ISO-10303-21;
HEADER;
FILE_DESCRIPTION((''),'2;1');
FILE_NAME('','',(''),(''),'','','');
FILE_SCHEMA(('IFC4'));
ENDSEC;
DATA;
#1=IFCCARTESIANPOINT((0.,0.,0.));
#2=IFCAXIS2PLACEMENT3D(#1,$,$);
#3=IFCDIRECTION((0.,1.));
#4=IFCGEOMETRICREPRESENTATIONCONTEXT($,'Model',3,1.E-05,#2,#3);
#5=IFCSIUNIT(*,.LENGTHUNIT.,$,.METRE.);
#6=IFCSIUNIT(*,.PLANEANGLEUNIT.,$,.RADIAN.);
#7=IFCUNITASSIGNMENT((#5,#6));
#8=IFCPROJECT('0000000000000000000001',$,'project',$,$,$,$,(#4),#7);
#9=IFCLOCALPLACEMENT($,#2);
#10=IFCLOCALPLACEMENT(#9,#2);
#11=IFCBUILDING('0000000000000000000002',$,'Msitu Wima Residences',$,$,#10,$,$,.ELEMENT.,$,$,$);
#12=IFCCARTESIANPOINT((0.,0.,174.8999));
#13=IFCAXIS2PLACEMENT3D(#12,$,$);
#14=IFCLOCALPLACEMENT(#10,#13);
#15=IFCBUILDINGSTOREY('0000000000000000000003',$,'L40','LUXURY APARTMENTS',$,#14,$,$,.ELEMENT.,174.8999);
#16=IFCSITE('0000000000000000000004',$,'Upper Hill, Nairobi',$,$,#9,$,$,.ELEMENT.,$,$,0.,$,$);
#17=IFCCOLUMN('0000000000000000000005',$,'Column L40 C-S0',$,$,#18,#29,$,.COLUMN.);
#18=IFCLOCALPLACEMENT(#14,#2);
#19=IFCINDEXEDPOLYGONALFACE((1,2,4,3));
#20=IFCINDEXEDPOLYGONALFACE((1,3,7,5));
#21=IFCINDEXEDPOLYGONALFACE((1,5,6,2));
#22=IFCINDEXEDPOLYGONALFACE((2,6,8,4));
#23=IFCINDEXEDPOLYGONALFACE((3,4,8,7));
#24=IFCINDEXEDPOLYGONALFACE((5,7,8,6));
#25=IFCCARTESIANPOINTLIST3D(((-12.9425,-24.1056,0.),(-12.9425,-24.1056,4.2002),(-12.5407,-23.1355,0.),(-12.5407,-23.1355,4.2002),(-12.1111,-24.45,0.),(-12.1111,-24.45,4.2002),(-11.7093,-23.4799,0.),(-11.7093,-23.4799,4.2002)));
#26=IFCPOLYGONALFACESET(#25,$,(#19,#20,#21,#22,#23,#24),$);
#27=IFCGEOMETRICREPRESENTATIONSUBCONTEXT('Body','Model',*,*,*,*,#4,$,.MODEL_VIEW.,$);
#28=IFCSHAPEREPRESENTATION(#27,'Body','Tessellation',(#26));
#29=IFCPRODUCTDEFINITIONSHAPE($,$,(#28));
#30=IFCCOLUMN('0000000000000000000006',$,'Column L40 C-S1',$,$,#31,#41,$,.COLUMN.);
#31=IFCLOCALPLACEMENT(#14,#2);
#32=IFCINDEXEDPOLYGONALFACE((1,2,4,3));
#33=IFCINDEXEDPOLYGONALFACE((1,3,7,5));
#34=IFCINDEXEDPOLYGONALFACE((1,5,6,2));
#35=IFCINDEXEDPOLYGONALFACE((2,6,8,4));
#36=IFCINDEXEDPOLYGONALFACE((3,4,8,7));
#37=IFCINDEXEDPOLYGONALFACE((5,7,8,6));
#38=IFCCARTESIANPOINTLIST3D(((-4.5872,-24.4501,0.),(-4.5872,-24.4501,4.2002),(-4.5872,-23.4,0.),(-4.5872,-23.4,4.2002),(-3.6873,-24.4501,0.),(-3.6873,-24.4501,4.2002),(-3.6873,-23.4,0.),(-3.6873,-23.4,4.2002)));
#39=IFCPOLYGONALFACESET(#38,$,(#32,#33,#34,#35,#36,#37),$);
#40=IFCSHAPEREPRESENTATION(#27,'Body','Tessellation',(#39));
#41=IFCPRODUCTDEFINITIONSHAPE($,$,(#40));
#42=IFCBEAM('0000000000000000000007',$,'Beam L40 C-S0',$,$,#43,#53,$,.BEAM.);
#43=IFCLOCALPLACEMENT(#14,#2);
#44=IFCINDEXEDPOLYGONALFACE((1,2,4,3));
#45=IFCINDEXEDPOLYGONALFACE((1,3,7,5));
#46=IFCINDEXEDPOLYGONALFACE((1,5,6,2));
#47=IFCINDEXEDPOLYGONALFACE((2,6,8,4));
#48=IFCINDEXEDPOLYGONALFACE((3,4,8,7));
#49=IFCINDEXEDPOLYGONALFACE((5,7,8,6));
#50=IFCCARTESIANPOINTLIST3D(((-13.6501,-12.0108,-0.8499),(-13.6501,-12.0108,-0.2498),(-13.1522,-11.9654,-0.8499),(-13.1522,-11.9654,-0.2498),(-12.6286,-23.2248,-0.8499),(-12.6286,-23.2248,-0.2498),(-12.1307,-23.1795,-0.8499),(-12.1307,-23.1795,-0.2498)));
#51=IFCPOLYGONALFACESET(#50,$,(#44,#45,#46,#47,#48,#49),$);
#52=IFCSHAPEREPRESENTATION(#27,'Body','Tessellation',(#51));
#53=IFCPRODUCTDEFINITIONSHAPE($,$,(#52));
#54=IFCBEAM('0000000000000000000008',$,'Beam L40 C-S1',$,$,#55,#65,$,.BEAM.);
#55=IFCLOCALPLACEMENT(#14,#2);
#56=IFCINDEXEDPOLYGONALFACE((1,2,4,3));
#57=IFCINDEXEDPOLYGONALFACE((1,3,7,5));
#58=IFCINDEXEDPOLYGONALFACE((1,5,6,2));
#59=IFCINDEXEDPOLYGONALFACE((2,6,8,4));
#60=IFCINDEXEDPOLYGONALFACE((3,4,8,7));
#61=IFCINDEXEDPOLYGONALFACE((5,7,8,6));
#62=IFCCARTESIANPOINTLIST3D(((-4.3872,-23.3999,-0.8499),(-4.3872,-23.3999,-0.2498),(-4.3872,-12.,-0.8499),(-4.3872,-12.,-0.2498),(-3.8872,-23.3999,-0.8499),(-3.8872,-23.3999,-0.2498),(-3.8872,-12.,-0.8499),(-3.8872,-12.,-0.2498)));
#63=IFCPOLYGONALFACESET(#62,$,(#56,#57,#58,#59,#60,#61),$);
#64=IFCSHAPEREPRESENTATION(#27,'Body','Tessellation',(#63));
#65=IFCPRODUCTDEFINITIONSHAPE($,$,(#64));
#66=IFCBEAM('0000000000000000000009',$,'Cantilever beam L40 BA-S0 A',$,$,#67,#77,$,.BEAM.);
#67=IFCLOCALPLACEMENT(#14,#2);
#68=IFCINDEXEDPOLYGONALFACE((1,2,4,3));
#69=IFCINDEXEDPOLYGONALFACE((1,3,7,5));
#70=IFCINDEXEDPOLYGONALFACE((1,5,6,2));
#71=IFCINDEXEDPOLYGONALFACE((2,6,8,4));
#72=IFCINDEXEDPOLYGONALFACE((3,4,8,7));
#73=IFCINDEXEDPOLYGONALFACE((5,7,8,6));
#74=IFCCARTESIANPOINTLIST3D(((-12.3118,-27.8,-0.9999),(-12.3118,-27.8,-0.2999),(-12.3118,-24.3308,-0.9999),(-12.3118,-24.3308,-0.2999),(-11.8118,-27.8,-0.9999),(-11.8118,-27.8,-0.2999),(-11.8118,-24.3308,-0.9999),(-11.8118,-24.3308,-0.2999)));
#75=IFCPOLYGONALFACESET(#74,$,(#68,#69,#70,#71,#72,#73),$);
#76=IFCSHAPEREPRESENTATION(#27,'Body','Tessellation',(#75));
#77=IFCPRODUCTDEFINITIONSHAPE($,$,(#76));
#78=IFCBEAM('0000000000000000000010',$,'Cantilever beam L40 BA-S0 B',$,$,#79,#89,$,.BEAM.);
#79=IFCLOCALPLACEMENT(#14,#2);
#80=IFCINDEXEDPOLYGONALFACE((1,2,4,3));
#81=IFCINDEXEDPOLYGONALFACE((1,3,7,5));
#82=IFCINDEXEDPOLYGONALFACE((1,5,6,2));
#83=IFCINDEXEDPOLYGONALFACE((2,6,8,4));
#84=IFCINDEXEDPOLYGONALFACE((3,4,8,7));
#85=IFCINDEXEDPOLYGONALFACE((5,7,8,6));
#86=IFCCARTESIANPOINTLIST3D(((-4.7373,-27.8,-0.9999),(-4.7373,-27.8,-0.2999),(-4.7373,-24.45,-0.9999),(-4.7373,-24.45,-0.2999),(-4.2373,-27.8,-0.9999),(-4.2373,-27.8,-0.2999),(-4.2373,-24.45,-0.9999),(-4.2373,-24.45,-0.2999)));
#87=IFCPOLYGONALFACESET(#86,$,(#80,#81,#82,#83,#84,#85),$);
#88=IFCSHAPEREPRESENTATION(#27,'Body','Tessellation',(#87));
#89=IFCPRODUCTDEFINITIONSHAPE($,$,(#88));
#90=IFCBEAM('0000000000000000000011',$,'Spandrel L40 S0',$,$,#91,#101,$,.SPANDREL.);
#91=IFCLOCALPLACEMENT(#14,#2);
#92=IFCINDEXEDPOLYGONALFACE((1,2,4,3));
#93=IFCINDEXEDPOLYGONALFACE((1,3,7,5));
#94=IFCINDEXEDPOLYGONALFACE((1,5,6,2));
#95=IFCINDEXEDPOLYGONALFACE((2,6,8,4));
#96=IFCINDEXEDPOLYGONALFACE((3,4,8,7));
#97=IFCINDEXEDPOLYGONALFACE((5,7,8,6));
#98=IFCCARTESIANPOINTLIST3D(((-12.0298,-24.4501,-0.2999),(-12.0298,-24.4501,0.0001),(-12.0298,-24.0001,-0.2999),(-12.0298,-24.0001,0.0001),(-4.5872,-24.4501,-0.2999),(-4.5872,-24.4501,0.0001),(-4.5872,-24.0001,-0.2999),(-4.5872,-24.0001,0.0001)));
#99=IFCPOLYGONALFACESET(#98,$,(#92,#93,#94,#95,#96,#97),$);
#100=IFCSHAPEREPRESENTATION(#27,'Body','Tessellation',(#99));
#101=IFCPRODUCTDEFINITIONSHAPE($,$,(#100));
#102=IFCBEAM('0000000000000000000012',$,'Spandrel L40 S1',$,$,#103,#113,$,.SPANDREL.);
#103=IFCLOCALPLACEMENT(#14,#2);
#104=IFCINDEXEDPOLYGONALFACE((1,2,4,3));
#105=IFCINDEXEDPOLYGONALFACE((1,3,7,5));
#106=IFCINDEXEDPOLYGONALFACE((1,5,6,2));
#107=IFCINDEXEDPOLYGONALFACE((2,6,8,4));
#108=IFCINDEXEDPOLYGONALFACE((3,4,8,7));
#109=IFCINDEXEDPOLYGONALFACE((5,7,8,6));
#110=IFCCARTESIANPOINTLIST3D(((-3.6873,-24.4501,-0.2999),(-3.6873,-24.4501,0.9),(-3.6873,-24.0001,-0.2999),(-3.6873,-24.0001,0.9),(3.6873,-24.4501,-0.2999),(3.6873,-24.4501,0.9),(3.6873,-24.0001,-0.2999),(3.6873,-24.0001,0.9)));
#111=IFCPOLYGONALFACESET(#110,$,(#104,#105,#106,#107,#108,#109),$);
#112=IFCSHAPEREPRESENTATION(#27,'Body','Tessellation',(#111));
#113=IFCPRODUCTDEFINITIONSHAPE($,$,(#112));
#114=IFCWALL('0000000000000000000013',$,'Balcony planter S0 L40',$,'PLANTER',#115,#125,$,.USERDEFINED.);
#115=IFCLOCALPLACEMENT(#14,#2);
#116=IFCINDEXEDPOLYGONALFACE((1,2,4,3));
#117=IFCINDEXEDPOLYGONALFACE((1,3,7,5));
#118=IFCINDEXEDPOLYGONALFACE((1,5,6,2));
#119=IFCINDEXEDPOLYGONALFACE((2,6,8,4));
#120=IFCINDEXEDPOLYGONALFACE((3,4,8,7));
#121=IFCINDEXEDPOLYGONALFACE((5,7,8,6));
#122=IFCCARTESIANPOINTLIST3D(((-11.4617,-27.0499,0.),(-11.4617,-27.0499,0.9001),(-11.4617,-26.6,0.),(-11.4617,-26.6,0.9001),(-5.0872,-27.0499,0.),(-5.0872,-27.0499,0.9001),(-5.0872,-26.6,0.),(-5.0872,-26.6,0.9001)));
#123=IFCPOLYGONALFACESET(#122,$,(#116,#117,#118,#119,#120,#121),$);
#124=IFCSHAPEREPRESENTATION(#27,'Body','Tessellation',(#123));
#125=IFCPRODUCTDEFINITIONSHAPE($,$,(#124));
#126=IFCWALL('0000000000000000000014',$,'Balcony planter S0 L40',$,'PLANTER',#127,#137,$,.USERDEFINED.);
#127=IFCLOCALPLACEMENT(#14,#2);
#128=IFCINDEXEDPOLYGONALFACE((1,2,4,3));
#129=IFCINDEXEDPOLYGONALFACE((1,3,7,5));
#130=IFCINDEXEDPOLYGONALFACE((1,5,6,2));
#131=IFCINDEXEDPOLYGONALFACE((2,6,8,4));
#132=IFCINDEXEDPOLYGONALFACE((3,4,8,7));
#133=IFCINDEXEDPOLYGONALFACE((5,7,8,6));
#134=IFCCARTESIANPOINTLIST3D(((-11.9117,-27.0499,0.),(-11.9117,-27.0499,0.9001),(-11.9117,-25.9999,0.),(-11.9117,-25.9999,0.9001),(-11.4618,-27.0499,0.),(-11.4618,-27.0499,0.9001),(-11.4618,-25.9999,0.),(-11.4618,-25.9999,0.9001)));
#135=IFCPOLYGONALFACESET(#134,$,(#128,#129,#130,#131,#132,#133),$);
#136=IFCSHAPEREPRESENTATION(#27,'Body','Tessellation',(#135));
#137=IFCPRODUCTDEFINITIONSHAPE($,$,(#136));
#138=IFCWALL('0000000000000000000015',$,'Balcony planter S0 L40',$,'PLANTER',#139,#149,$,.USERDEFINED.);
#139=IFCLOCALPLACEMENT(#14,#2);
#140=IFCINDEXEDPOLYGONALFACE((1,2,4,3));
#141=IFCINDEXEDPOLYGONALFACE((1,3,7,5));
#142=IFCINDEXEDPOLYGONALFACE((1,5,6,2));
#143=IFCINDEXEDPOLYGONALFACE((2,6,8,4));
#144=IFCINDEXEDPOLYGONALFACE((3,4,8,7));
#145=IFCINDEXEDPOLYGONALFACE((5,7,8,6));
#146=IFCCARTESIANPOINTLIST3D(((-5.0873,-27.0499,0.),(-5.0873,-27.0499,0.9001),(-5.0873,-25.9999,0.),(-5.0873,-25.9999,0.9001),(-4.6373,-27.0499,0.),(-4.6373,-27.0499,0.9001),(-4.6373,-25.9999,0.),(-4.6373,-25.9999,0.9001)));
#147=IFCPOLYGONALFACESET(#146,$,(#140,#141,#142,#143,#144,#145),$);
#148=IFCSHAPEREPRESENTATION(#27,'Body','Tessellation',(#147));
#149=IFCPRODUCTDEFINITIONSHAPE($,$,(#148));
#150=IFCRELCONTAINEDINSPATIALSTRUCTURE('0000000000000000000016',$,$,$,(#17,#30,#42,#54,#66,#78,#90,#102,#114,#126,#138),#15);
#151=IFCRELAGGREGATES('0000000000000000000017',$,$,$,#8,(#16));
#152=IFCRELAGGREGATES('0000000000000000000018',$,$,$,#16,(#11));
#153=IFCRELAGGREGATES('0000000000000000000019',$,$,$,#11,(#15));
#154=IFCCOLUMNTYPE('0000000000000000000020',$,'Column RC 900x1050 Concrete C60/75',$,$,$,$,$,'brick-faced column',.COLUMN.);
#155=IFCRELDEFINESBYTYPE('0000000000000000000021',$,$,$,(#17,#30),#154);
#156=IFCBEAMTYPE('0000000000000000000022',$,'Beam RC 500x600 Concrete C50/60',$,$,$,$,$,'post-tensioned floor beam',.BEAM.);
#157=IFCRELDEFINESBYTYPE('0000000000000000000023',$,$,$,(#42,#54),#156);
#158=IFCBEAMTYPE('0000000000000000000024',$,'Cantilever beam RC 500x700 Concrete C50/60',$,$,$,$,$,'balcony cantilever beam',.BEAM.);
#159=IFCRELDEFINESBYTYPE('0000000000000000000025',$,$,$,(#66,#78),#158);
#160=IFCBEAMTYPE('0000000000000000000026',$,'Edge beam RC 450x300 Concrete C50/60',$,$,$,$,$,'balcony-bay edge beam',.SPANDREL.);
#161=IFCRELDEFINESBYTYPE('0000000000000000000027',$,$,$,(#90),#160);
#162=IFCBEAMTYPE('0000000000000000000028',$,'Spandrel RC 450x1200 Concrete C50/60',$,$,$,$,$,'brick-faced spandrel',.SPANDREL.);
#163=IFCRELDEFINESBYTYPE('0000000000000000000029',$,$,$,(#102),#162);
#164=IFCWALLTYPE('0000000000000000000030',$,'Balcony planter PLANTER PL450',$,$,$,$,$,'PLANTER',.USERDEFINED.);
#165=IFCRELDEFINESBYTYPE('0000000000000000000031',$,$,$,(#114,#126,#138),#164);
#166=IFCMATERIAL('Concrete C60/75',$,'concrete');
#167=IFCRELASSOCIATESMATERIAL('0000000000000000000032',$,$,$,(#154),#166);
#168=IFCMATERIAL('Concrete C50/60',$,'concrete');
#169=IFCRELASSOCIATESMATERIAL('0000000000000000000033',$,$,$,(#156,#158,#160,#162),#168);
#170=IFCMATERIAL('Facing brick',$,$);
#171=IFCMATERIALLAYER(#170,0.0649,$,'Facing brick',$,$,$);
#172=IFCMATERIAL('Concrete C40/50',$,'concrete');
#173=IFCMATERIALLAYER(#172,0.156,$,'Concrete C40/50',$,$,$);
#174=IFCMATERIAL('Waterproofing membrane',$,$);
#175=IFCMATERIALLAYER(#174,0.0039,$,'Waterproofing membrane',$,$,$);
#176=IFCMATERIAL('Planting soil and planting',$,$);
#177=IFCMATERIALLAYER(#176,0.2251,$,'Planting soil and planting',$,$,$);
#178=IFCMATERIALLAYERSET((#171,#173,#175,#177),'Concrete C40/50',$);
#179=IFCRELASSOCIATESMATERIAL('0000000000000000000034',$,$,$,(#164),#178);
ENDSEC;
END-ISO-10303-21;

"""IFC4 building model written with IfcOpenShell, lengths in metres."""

from ifc_helpers import new_model, si_unit, direction, frame, frame_2d, origin, origin_2d, place, context, subcontext, project, spatial, rectangle, extrude, material, layer, layer_set, material_profile, profile_set, type_object, element, save


model = new_model("IFC4")

# Units and contexts
model_context = context("Model", 3, precision=1e-05, world=origin(), true_north=direction((0.0, 1.0)))
body_context = subcontext(model_context, "Body", "Model", "MODEL_VIEW")
ifc_project = project(units=[si_unit("LENGTHUNIT", "METRE"), si_unit("PLANEANGLEUNIT", "RADIAN")], contexts=[model_context])

# Site, building, storey
site_placement = place(None, origin())
site = spatial("IfcSite", under=ifc_project, at=site_placement, Name="Upper Hill, Nairobi", CompositionType="ELEMENT", RefElevation=0.0)
building_placement = place(site_placement, origin())
building = spatial("IfcBuilding", under=site, at=building_placement, Name="Msitu Wima Residences", CompositionType="ELEMENT")
storey_placement = place(building_placement, frame((0.0, 0.0, 174.8999)))
storey = spatial("IfcBuildingStorey", under=building, at=storey_placement, Name="L40", Description="LUXURY APARTMENTS", CompositionType="ELEMENT", Elevation=174.8999)

# Columns
ifc_material_1 = material(Name="Concrete C60/75", Category="concrete")
ifc_material_profile_1 = material_profile(ifc_material_1, rectangle(XDim=0.8999, YDim=1.05, at=origin_2d()), Name="RC 900x1050")
ifc_profile_set_1 = profile_set([ifc_material_profile_1], Name="Concrete C60/75")
column_type = type_object("IfcColumnType", Name="Column RC 900x1050 Concrete C60/75", ElementType="brick-faced column", PredefinedType="COLUMN", material=ifc_profile_set_1)
for number, where, z_axis, x_axis, name in (
    (1, (-12.3259, -23.7927, 0.0), (0.0, 0.0, 1.0), (0.92388, -0.382683, 0.0), "Column L40 C-S0"),
    (2, (-4.1372, -23.925, 0.0), (0.0, 0.0, 1.0), (1.0, 0.0, 0.0), "Column L40 C-S1"),
):
    element("IfcColumn", number, at=place(storey_placement, frame(where, z_axis=z_axis, x_axis=x_axis)), inside=storey, type_object=column_type, Name=name, PredefinedType="COLUMN", context=body_context, shape_type="SweptSolid", body=[
        extrude(rectangle(XDim=0.8999, YDim=1.05, at=origin_2d()), origin(), (0.0, 0.0, 1.0), 4.2002),
    ])

# Beams
ifc_material_2 = material(Name="Concrete C50/60", Category="concrete")
ifc_material_profile_2 = material_profile(ifc_material_2, rectangle(XDim=0.5, YDim=0.6001, at=origin_2d()), Name="RC 500x600")
ifc_profile_set_2 = profile_set([ifc_material_profile_2], Name="Concrete C50/60")
beam_type_1 = type_object("IfcBeamType", Name="Beam RC 500x600 Concrete C50/60", ElementType="post-tensioned floor beam", PredefinedType="BEAM", material=ifc_profile_set_2)
beam_1_placement = place(storey_placement, frame((-12.3796, -23.2021, -0.5498), z_axis=(-0.090714, 0.995877, 0.0), x_axis=(-0.995877, -0.090714, 0.0)))
element("IfcBeam", 3, at=beam_1_placement, inside=storey, type_object=beam_type_1, Name="Beam L40 C-S0", PredefinedType="BEAM", context=body_context, shape_type="SweptSolid", body=[
    extrude(rectangle(XDim=0.5, YDim=0.6001, at=origin_2d()), origin(), (0.0, 0.0, 1.0), 11.2605),
])
beam_2_placement = place(storey_placement, frame((-4.1372, -23.3999, -0.5498), z_axis=(0.0, 1.0, 0.0), x_axis=(-1.0, 0.0, 0.0)))
element("IfcBeam", 4, at=beam_2_placement, inside=storey, type_object=beam_type_1, Name="Beam L40 C-S1", PredefinedType="BEAM", context=body_context, shape_type="SweptSolid", body=[
    extrude(rectangle(XDim=0.5, YDim=0.6001, at=origin_2d()), origin(), (0.0, 0.0, 1.0), 11.3999),
])
ifc_material_profile_3 = material_profile(ifc_material_2, rectangle(XDim=0.5, YDim=0.7, at=origin_2d()), Name="RC 500x700")
ifc_profile_set_3 = profile_set([ifc_material_profile_3], Name="Concrete C50/60")
beam_type_2 = type_object("IfcBeamType", Name="Cantilever beam RC 500x700 Concrete C50/60", ElementType="balcony cantilever beam", PredefinedType="BEAM", material=ifc_profile_set_3)
beam_3_placement = place(storey_placement, frame((-12.0618, -24.3308, -0.6499), z_axis=(0.0, -1.0, 0.0), x_axis=(1.0, 0.0, 0.0)))
element("IfcBeam", 5, at=beam_3_placement, inside=storey, type_object=beam_type_2, Name="Cantilever beam L40 BA-S0 A", PredefinedType="BEAM", context=body_context, shape_type="SweptSolid", body=[
    extrude(rectangle(XDim=0.5, YDim=0.7, at=origin_2d()), origin(), (0.0, 0.0, 1.0), 3.4692),
])
beam_4_placement = place(storey_placement, frame((-4.4873, -24.45, -0.6499), z_axis=(0.0, -1.0, 0.0), x_axis=(1.0, 0.0, 0.0)))
element("IfcBeam", 6, at=beam_4_placement, inside=storey, type_object=beam_type_2, Name="Cantilever beam L40 BA-S0 B", PredefinedType="BEAM", context=body_context, shape_type="SweptSolid", body=[
    extrude(rectangle(XDim=0.5, YDim=0.7, at=origin_2d()), origin(), (0.0, 0.0, 1.0), 3.3501),
])
ifc_material_profile_4 = material_profile(ifc_material_2, rectangle(XDim=0.45, YDim=0.3, at=origin_2d()), Name="RC 450x300")
ifc_profile_set_4 = profile_set([ifc_material_profile_4], Name="Concrete C50/60")
beam_type_3 = type_object("IfcBeamType", Name="Edge beam RC 450x300 Concrete C50/60", ElementType="balcony-bay edge beam", PredefinedType="SPANDREL", material=ifc_profile_set_4)
beam_5_placement = place(storey_placement, frame((-12.0298, -24.2251, -0.1499), z_axis=(1.0, 0.0, 0.0), x_axis=(0.0, 1.0, 0.0)))
element("IfcBeam", 7, at=beam_5_placement, inside=storey, type_object=beam_type_3, Name="Spandrel L40 S0", PredefinedType="SPANDREL", context=body_context, shape_type="SweptSolid", body=[
    extrude(rectangle(XDim=0.45, YDim=0.3, at=origin_2d()), origin(), (0.0, 0.0, 1.0), 7.4426),
])
ifc_material_profile_5 = material_profile(ifc_material_2, rectangle(XDim=0.45, YDim=1.2, at=origin_2d()), Name="RC 450x1200")
ifc_profile_set_5 = profile_set([ifc_material_profile_5], Name="Concrete C50/60")
beam_type_4 = type_object("IfcBeamType", Name="Spandrel RC 450x1200 Concrete C50/60", ElementType="brick-faced spandrel", PredefinedType="SPANDREL", material=ifc_profile_set_5)
beam_6_placement = place(storey_placement, frame((-3.6873, -24.2251, 0.3), z_axis=(1.0, 0.0, 0.0), x_axis=(0.0, 1.0, 0.0)))
element("IfcBeam", 8, at=beam_6_placement, inside=storey, type_object=beam_type_4, Name="Spandrel L40 S1", PredefinedType="SPANDREL", context=body_context, shape_type="SweptSolid", body=[
    extrude(rectangle(XDim=0.45, YDim=1.2, at=origin_2d()), origin(), (0.0, 0.0, 1.0), 7.3745),
])

# Walls
ifc_material_3 = material(Name="Facing brick")
ifc_layer_1 = layer(ifc_material_3, 0.0649, Name="Facing brick")
ifc_material_4 = material(Name="Concrete C40/50", Category="concrete")
ifc_layer_2 = layer(ifc_material_4, 0.156, Name="Concrete C40/50")
ifc_material_5 = material(Name="Waterproofing membrane")
ifc_layer_3 = layer(ifc_material_5, 0.0039, Name="Waterproofing membrane")
ifc_material_6 = material(Name="Planting soil and planting")
ifc_layer_4 = layer(ifc_material_6, 0.2251, Name="Planting soil and planting")
ifc_layer_set_1 = layer_set([ifc_layer_1, ifc_layer_2, ifc_layer_3, ifc_layer_4], Name="Concrete C40/50")
wall_type_1 = type_object("IfcWallType", Name="Balcony planter PLANTER PL450", ElementType="PLANTER", PredefinedType="USERDEFINED", material=ifc_layer_set_1)
wall_1_placement = place(storey_placement, frame((-11.4617, -26.825, 0.0), z_axis=(0.0, 0.0, 1.0), x_axis=(1.0, 0.0, 0.0)))
element("IfcWall", 9, at=wall_1_placement, inside=storey, type_object=wall_type_1, Name="Balcony planter S0 L40", ObjectType="PLANTER", PredefinedType="USERDEFINED", context=body_context, shape_type="SweptSolid", body=[
    extrude(rectangle(XDim=6.3745, YDim=0.45, at=frame_2d((3.1873, 0.0))), origin(), (0.0, 0.0, 1.0), 0.9001),
])
for number, where, z_axis, x_axis, name in (
    (10, (-11.6868, -26.0, 0.0), (0.0, 0.0, 1.0), (0.0, -1.0, 0.0), "Balcony planter S0 L40"),
    (11, (-4.8623, -26.0, 0.0), (0.0, 0.0, 1.0), (0.0, -1.0, 0.0), "Balcony planter S0 L40"),
):
    element("IfcWall", number, at=place(storey_placement, frame(where, z_axis=z_axis, x_axis=x_axis)), inside=storey, type_object=wall_type_1, Name=name, ObjectType="PLANTER", PredefinedType="USERDEFINED", context=body_context, shape_type="SweptSolid", body=[
        extrude(rectangle(XDim=1.05, YDim=0.45, at=frame_2d((0.5249, 0.0))), origin(), (0.0, 0.0, 1.0), 0.9001),
    ])

save(model, "model.ifc")
